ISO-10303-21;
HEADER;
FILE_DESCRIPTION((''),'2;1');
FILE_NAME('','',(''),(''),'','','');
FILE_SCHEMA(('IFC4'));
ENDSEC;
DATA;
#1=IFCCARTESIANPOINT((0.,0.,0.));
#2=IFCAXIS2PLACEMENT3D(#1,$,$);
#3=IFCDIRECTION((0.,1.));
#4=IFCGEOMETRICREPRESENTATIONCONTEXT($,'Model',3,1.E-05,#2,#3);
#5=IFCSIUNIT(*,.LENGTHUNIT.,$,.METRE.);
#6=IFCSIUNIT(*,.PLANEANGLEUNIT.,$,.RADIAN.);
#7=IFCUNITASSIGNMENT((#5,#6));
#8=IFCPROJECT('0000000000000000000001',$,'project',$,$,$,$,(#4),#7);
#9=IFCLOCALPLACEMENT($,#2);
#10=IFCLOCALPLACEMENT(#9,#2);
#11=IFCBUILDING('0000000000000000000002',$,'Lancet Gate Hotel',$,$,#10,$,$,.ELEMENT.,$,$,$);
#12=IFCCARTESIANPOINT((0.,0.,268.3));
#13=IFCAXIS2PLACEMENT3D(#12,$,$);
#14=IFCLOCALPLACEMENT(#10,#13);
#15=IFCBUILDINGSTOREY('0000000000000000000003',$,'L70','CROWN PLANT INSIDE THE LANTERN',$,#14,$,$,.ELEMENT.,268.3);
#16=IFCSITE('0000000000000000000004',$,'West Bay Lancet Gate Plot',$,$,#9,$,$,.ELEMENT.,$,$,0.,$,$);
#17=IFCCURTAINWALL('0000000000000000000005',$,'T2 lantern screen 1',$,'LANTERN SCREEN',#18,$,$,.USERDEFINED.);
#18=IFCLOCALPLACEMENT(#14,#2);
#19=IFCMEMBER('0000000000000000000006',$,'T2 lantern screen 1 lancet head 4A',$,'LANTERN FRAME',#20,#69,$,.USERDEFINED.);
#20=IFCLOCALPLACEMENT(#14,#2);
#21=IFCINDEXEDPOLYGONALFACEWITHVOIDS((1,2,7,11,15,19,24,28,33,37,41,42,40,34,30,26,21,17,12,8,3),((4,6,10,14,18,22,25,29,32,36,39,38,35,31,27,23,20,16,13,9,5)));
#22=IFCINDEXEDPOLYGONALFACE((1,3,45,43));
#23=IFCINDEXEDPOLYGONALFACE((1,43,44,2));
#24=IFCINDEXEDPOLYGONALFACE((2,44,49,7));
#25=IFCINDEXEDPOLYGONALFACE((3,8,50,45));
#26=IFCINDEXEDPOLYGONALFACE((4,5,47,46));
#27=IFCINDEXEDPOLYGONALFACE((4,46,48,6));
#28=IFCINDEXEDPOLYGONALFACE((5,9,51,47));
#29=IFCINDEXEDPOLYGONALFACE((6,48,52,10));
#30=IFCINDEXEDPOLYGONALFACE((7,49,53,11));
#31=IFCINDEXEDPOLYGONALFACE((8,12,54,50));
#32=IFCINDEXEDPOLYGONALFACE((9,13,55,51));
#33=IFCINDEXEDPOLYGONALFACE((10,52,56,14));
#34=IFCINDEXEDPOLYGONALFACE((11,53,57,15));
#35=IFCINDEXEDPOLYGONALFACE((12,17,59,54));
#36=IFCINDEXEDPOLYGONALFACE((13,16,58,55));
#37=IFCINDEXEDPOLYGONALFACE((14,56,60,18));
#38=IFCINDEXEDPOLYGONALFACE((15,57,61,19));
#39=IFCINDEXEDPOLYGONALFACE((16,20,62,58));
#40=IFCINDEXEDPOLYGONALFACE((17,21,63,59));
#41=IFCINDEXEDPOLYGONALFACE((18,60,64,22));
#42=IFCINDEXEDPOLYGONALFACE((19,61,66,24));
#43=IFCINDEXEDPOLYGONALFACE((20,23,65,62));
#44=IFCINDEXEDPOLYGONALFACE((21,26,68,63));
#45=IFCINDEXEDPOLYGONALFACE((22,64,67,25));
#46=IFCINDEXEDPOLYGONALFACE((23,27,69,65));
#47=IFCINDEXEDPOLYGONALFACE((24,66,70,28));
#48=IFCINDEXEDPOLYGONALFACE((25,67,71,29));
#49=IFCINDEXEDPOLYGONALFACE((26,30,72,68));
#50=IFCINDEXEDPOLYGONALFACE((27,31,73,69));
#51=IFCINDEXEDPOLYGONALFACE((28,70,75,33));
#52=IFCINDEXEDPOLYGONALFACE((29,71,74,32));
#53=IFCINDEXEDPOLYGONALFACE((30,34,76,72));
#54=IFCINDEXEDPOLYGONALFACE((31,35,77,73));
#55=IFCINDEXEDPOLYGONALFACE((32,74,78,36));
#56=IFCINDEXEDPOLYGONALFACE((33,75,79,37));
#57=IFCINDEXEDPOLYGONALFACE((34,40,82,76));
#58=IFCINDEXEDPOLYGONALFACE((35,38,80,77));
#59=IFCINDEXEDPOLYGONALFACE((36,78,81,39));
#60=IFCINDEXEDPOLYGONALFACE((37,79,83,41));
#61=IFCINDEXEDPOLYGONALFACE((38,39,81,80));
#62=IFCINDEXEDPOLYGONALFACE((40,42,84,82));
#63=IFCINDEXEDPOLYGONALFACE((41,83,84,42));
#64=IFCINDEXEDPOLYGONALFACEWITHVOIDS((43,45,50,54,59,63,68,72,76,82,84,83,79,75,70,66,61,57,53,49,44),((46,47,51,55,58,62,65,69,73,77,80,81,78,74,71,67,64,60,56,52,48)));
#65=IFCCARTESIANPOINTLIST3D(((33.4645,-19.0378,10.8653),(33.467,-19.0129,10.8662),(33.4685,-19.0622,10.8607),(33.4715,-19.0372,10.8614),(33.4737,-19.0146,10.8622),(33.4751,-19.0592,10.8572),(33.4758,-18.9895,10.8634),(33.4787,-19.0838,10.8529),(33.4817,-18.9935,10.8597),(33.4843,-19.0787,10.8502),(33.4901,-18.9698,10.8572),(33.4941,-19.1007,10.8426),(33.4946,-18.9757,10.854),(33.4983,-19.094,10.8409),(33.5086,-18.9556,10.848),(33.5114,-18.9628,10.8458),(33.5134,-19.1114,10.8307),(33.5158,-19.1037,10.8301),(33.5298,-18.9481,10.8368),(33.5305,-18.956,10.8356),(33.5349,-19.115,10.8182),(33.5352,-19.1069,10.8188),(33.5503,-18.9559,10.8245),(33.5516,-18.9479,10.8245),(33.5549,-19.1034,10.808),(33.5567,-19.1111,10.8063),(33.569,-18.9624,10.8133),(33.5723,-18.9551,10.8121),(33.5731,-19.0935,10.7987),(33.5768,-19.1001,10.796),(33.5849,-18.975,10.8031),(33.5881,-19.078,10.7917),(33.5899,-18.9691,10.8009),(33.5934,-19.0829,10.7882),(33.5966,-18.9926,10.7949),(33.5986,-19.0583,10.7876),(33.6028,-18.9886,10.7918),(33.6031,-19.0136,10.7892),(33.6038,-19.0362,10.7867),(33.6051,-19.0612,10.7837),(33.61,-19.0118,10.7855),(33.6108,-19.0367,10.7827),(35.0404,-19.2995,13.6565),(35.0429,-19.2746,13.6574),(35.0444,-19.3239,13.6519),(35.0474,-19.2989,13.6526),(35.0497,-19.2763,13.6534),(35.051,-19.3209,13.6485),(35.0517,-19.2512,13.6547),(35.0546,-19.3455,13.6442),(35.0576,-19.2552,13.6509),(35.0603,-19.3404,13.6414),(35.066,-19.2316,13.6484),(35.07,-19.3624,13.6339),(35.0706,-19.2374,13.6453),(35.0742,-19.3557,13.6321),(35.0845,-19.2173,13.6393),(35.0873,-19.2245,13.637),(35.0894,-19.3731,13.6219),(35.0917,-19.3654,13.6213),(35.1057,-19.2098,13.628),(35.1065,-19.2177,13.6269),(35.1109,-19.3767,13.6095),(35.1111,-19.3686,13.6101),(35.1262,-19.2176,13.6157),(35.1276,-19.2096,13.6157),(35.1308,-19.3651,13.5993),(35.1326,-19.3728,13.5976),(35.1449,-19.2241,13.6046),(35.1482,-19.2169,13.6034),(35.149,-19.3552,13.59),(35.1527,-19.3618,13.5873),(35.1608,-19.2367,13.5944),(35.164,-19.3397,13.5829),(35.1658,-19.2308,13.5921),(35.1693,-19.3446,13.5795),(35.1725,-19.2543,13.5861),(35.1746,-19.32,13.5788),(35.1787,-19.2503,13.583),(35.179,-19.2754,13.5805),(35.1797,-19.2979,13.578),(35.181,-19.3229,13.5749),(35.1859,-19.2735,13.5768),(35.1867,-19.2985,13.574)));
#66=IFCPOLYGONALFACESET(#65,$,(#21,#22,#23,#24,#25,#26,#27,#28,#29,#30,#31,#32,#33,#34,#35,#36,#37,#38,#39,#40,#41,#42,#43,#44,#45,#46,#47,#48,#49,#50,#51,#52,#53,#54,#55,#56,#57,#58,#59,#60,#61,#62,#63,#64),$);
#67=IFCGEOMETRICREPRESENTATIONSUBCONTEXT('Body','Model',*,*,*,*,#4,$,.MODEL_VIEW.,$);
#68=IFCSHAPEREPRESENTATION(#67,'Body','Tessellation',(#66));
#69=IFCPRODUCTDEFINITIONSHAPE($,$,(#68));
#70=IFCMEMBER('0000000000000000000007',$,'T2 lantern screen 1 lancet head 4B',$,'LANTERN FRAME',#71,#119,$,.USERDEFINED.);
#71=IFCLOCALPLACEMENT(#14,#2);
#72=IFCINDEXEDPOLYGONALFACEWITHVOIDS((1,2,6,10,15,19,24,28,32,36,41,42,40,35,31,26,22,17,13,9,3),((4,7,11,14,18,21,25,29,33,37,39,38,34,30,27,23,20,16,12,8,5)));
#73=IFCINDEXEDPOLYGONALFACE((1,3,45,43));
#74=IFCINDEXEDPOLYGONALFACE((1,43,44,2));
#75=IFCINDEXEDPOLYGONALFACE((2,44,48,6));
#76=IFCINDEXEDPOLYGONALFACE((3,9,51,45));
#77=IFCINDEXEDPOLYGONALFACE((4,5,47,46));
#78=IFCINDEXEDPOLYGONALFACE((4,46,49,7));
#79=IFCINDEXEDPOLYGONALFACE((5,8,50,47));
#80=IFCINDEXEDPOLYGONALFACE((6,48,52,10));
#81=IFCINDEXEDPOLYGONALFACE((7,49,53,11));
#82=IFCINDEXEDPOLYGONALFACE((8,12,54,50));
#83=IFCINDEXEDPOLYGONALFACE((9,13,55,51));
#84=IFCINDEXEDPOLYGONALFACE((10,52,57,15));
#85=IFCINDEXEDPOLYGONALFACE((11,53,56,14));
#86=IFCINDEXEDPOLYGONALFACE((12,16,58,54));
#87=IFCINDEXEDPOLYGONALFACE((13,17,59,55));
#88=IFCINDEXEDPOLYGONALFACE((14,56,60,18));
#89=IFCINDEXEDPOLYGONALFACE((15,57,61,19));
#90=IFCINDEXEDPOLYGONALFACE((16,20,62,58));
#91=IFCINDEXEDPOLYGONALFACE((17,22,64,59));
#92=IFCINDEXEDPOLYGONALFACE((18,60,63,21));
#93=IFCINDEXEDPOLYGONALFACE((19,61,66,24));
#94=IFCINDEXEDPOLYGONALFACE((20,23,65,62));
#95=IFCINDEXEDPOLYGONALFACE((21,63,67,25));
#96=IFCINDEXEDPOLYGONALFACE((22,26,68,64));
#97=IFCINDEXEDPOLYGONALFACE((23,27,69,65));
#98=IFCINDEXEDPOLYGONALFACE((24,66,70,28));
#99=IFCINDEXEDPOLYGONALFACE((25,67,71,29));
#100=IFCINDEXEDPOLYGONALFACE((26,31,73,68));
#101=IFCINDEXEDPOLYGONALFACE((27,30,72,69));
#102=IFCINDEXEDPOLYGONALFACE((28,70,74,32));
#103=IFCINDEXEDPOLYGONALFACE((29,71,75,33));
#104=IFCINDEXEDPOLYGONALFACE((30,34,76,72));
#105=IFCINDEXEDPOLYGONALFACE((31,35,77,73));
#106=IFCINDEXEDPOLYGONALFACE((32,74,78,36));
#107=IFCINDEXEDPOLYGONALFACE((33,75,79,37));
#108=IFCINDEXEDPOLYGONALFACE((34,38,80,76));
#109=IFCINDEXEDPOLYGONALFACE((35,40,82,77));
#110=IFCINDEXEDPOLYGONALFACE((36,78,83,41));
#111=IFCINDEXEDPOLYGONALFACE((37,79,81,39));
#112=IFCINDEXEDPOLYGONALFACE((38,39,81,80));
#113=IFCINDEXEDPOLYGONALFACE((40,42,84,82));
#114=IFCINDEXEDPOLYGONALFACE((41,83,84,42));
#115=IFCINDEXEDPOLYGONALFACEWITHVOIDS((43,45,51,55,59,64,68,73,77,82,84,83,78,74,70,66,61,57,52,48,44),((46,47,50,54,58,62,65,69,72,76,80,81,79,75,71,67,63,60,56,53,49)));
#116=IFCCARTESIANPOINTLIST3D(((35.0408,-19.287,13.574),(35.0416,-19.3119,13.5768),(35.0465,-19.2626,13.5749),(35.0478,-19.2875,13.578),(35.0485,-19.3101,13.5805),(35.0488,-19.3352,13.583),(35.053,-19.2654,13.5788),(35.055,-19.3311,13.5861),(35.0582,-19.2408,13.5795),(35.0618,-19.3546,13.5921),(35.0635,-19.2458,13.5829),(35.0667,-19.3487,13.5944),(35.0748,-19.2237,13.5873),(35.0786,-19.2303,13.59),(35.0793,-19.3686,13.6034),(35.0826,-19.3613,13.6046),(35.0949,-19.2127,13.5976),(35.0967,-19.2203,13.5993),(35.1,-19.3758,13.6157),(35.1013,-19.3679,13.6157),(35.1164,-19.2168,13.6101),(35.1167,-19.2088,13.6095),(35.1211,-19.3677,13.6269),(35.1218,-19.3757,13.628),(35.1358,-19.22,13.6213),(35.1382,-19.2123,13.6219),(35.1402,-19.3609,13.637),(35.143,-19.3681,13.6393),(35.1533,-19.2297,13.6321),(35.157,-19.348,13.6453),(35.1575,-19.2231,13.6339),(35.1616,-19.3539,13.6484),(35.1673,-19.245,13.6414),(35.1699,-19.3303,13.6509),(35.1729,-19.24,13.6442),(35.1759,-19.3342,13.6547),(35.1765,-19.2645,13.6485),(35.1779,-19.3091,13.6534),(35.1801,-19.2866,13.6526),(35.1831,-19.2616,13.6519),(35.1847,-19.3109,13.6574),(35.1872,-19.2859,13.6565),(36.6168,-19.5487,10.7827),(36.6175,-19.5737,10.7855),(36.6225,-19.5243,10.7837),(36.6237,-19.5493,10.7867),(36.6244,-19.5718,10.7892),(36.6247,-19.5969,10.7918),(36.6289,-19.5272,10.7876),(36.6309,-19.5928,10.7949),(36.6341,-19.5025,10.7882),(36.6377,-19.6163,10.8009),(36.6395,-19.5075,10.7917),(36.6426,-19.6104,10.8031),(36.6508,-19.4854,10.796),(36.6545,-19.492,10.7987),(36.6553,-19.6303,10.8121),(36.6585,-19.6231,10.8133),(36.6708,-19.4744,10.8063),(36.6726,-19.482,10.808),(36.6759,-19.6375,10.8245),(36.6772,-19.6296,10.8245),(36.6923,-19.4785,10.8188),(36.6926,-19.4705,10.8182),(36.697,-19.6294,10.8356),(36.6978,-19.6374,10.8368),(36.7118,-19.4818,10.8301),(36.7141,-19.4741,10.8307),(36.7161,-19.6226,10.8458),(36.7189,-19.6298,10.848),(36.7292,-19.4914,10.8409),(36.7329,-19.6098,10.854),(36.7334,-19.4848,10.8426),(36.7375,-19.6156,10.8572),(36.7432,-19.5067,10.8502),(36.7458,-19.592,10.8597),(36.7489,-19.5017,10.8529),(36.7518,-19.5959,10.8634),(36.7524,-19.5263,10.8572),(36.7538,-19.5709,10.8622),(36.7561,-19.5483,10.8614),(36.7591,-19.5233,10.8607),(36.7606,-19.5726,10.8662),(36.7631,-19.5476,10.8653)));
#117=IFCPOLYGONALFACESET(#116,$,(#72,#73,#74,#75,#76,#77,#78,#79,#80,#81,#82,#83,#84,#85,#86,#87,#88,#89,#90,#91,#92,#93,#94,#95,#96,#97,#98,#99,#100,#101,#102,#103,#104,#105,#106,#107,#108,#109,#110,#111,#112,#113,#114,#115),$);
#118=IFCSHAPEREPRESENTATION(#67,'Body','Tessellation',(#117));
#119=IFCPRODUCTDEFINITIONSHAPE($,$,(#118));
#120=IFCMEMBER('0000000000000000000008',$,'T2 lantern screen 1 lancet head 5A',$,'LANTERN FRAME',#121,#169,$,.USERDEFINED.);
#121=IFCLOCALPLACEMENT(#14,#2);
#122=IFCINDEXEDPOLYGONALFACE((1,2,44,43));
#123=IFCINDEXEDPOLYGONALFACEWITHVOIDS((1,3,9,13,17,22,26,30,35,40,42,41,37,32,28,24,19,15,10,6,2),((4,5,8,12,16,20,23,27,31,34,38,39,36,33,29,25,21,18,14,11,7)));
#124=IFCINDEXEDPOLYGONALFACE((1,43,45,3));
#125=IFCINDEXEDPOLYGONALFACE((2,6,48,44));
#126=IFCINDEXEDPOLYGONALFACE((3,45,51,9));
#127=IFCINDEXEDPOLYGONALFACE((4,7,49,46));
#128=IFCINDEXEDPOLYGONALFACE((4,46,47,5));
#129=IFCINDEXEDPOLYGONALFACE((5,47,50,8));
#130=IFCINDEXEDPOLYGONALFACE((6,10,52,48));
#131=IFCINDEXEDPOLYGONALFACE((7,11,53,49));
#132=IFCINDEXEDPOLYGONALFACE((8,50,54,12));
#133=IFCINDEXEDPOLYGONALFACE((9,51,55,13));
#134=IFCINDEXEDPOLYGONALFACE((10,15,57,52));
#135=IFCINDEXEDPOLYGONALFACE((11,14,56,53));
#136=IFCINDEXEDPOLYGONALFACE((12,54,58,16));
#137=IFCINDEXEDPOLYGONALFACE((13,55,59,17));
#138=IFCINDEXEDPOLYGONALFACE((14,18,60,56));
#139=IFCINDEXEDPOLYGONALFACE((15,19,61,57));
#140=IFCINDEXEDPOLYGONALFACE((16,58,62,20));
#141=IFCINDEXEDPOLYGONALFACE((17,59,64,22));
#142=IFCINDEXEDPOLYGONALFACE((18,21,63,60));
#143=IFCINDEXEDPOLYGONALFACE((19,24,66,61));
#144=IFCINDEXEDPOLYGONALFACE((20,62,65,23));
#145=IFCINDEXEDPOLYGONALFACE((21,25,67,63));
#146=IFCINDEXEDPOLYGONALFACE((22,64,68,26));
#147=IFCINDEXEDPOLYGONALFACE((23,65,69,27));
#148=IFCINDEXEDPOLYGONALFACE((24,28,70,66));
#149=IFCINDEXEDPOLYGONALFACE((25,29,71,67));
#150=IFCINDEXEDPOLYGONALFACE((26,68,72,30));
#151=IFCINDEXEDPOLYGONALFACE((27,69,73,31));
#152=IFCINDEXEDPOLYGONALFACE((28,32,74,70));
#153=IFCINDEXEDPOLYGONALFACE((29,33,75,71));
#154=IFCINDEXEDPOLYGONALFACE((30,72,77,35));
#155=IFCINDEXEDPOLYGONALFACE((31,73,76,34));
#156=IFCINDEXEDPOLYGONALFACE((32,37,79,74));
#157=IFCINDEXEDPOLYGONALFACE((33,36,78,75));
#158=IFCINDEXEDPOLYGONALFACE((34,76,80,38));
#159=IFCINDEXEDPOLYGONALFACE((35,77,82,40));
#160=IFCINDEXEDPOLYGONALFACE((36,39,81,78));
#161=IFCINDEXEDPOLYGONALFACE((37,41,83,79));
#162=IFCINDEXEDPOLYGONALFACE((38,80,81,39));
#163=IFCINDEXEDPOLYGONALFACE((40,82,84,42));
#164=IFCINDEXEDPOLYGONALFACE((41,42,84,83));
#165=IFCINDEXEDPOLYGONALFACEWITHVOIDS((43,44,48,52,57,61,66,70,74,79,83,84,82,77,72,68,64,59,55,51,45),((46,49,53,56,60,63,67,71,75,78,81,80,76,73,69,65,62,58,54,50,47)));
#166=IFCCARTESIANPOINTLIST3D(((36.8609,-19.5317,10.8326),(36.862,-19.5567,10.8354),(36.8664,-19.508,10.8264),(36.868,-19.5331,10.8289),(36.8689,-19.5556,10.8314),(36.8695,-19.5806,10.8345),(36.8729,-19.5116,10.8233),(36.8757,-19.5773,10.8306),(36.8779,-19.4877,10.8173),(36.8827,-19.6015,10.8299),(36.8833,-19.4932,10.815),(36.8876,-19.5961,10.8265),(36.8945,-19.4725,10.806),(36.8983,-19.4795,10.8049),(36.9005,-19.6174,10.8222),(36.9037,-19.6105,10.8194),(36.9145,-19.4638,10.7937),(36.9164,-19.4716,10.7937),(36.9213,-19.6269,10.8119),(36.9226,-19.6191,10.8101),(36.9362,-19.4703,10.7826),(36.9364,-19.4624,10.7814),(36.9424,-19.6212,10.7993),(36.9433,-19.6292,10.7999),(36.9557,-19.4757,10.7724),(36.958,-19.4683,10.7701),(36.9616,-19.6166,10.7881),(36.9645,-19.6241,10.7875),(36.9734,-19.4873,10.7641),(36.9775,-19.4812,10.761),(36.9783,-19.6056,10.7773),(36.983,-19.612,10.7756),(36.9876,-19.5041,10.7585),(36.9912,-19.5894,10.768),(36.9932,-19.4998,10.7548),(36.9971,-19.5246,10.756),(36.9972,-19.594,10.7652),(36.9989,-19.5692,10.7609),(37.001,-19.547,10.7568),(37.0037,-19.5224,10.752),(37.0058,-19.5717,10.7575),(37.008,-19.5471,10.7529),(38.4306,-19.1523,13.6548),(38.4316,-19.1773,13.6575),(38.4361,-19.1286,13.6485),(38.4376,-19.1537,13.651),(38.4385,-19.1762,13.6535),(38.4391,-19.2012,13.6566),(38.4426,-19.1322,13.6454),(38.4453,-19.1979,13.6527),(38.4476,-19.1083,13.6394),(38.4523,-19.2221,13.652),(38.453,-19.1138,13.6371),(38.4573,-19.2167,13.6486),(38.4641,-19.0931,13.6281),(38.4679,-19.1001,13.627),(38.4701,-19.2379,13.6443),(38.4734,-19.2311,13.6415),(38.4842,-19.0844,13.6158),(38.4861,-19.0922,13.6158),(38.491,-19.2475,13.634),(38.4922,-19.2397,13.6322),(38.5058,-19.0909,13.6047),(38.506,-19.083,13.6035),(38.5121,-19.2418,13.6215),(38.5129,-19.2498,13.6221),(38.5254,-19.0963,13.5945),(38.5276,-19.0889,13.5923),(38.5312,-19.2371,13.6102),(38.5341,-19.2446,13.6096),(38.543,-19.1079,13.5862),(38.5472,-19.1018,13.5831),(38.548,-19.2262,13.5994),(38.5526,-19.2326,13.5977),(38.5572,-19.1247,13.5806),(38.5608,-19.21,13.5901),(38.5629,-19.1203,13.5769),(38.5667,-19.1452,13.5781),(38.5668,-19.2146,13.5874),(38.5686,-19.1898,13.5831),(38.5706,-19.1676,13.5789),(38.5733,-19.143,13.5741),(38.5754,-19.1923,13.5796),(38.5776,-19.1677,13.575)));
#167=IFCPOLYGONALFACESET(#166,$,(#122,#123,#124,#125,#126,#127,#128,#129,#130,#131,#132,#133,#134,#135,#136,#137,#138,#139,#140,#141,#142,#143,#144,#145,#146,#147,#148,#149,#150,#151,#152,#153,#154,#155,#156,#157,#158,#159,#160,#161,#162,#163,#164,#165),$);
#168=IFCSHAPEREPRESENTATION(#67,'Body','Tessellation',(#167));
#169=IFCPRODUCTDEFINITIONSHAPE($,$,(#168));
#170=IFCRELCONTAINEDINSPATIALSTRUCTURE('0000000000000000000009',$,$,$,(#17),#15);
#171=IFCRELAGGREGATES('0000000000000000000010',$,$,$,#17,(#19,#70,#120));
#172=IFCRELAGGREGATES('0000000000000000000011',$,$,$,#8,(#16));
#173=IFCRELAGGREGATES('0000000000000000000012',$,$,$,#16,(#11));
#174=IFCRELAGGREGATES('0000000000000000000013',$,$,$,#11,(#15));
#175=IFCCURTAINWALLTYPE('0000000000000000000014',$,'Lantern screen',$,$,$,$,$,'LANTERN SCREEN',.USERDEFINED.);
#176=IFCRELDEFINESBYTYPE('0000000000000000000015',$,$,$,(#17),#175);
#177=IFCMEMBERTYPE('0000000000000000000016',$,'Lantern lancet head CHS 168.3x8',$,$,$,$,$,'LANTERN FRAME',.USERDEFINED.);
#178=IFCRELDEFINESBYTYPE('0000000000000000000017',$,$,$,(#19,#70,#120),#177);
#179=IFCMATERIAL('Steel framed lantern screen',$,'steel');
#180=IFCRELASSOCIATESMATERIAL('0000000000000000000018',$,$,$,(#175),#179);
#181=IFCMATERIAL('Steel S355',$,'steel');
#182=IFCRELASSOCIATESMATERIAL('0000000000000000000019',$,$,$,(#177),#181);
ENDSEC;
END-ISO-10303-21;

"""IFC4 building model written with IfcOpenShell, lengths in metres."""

from ifc_helpers import new_model, si_unit, direction, frame, origin, origin_2d, place, context, subcontext, project, spatial, hollow_circle, extrude, material, material_profile, profile_set, type_object, element, aggregate, save


model = new_model("IFC4")

# Units and contexts
model_context = context("Model", 3, precision=1e-05, world=origin(), true_north=direction((0.0, 1.0)))
body_context = subcontext(model_context, "Body", "Model", "MODEL_VIEW")
ifc_project = project(units=[si_unit("LENGTHUNIT", "METRE"), si_unit("PLANEANGLEUNIT", "RADIAN")], contexts=[model_context])

# Site, building, storey
site_placement = place(None, origin())
site = spatial("IfcSite", under=ifc_project, at=site_placement, Name="West Bay Lancet Gate Plot", CompositionType="ELEMENT", RefElevation=0.0)
building_placement = place(site_placement, origin())
building = spatial("IfcBuilding", under=site, at=building_placement, Name="Lancet Gate Hotel", CompositionType="ELEMENT")
storey_placement = place(building_placement, frame((0.0, 0.0, 268.3)))
storey = spatial("IfcBuildingStorey", under=building, at=storey_placement, Name="L70", Description="CROWN PLANT INSIDE THE LANTERN", CompositionType="ELEMENT", Elevation=268.3)

# Curtain wall, members
ifc_material_1 = material(Name="Steel framed lantern screen", Category="steel")
curtain_wall_type_1 = type_object("IfcCurtainWallType", Name="Lantern screen", ElementType="LANTERN SCREEN", PredefinedType="USERDEFINED", material=ifc_material_1)
curtain_wall_1_placement = place(storey_placement, origin())
curtain_wall_1 = element("IfcCurtainWall", 1, at=curtain_wall_1_placement, inside=storey, type_object=curtain_wall_type_1, Name="T2 lantern screen 1", ObjectType="LANTERN SCREEN", PredefinedType="USERDEFINED")
ifc_material_2 = material(Name="Steel S355", Category="steel")
ifc_material_profile_1 = material_profile(ifc_material_2, hollow_circle(Radius=0.0842, WallThickness=0.0081, at=origin_2d()), Name="CHS 168.3x8.0")
ifc_profile_set_1 = profile_set([ifc_material_profile_1], Name="Steel S355")
member_type_1 = type_object("IfcMemberType", Name="Lantern lancet head CHS 168.3x8", ElementType="LANTERN FRAME", PredefinedType="USERDEFINED", material=ifc_profile_set_1)
member_1_placement = place(storey_placement, frame((33.5378, -19.031, 10.8245), z_axis=(0.490015, -0.081378, 0.867907), x_axis=(0.163829, 0.986489, 0.0)))
member_1 = element("IfcMember", 2, at=member_1_placement, type_object=member_type_1, Name="T2 lantern screen 1 lancet head 4A", ObjectType="LANTERN FRAME", PredefinedType="USERDEFINED", context=body_context, shape_type="SweptSolid", body=[
    extrude(hollow_circle(Radius=0.0842, WallThickness=0.0081, at=origin_2d()), origin(), (0.0, 0.0, 1.0), 3.2161),
])
member_2_placement = place(storey_placement, frame((36.6897, -19.5544, 10.8245), z_axis=(-0.490015, 0.081378, 0.867907), x_axis=(-0.163829, -0.986489, 0.0)))
member_2 = element("IfcMember", 3, at=member_2_placement, type_object=member_type_1, Name="T2 lantern screen 1 lancet head 4B", ObjectType="LANTERN FRAME", PredefinedType="USERDEFINED", context=body_context, shape_type="SweptSolid", body=[
    extrude(hollow_circle(Radius=0.0842, WallThickness=0.0081, at=origin_2d()), origin(), (0.0, 0.0, 1.0), 3.2161),
])
member_3_placement = place(storey_placement, frame((36.9343, -19.5457, 10.7937), z_axis=(0.482746, 0.116688, 0.867952), x_axis=(-0.234951, 0.972007, 0.0)))
member_3 = element("IfcMember", 4, at=member_3_placement, type_object=member_type_1, Name="T2 lantern screen 1 lancet head 5A", ObjectType="LANTERN FRAME", PredefinedType="USERDEFINED", context=body_context, shape_type="SweptSolid", body=[
    extrude(hollow_circle(Radius=0.0842, WallThickness=0.0081, at=origin_2d()), origin(), (0.0, 0.0, 1.0), 3.2515),
])

aggregate(curtain_wall_1, [member_1, member_2, member_3])

save(model, "model.ifc")
